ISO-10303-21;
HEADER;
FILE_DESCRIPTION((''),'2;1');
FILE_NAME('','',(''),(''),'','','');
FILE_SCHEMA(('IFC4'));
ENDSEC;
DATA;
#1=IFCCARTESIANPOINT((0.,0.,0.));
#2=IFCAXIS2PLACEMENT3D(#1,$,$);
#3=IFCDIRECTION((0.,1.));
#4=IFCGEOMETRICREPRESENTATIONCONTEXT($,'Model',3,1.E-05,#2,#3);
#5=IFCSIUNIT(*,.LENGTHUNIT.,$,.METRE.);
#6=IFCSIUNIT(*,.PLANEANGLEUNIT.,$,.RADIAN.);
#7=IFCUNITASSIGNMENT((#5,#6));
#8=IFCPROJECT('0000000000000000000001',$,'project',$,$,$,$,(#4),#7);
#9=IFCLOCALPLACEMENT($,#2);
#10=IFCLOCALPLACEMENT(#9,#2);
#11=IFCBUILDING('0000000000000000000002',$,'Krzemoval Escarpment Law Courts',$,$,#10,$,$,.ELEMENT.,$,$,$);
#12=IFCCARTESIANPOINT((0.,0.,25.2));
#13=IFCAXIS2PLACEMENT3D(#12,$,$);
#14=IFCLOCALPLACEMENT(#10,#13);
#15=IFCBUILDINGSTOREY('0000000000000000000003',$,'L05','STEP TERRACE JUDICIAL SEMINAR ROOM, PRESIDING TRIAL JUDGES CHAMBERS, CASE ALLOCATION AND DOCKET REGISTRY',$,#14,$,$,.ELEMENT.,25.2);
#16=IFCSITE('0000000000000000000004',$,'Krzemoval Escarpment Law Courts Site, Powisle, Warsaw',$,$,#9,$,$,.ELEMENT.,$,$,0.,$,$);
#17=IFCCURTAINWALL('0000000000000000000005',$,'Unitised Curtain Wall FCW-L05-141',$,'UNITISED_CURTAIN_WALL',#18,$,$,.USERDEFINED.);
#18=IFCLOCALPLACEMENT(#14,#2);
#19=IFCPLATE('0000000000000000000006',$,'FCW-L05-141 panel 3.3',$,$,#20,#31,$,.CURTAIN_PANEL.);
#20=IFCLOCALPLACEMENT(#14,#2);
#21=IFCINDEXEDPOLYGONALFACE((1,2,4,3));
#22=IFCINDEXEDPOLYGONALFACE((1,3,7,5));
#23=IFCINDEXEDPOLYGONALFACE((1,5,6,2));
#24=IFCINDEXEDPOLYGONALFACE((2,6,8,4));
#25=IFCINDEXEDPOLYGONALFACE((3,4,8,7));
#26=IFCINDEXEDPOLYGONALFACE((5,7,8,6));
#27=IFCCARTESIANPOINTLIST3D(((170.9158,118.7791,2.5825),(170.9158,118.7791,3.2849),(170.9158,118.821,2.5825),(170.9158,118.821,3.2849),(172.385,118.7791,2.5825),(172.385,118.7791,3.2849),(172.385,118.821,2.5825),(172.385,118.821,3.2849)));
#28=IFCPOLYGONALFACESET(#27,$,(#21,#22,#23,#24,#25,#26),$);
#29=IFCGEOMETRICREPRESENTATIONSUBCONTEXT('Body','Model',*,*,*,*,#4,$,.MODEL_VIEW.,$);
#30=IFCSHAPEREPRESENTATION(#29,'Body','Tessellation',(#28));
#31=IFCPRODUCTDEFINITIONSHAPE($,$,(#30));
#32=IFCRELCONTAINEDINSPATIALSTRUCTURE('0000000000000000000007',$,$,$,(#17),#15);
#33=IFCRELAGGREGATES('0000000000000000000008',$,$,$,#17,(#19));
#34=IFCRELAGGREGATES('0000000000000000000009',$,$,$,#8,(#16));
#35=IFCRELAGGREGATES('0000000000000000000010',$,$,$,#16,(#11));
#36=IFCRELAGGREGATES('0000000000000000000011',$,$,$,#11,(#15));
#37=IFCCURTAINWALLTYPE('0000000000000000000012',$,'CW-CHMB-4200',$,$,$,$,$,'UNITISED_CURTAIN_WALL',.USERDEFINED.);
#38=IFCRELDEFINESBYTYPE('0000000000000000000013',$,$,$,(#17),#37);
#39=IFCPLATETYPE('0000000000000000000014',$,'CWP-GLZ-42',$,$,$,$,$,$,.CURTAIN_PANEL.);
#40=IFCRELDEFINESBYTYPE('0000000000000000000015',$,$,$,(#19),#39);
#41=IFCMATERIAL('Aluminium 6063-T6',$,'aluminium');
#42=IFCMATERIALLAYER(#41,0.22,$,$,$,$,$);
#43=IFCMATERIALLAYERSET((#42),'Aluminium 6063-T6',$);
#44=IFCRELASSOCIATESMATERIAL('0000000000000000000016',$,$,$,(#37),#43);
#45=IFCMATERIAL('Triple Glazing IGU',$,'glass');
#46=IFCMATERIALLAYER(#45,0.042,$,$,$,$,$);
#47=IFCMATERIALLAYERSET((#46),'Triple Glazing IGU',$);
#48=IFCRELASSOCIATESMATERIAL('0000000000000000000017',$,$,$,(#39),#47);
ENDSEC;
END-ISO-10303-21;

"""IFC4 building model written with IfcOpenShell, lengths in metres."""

from ifc_helpers import new_model, si_unit, direction, frame, origin, origin_2d, place, context, subcontext, project, spatial, rectangle, extrude, material, layer, layer_set, type_object, element, aggregate, save


model = new_model("IFC4")

# Units and contexts
model_context = context("Model", 3, precision=1e-05, world=origin(), true_north=direction((0.0, 1.0)))
body_context = subcontext(model_context, "Body", "Model", "MODEL_VIEW")
ifc_project = project(units=[si_unit("LENGTHUNIT", "METRE"), si_unit("PLANEANGLEUNIT", "RADIAN")], contexts=[model_context])

# Site, building, storey
site_placement = place(None, origin())
site = spatial("IfcSite", under=ifc_project, at=site_placement, Name="Krzemoval Escarpment Law Courts Site, Powisle, Warsaw", CompositionType="ELEMENT", RefElevation=0.0)
building_placement = place(site_placement, origin())
building = spatial("IfcBuilding", under=site, at=building_placement, Name="Krzemoval Escarpment Law Courts", CompositionType="ELEMENT")
storey_placement = place(building_placement, frame((0.0, 0.0, 25.2)))
storey = spatial("IfcBuildingStorey", under=building, at=storey_placement, Name="L05", Description="STEP TERRACE JUDICIAL SEMINAR ROOM, PRESIDING TRIAL JUDGES CHAMBERS, CASE ALLOCATION AND DOCKET REGISTRY", CompositionType="ELEMENT", Elevation=25.2)

# Curtain wall, plate
ifc_material_1 = material(Name="Aluminium 6063-T6", Category="aluminium")
ifc_layer_1 = layer(ifc_material_1, 0.22)
ifc_layer_set_1 = layer_set([ifc_layer_1], Name="Aluminium 6063-T6")
curtain_wall_type = type_object("IfcCurtainWallType", Name="CW-CHMB-4200", ElementType="UNITISED_CURTAIN_WALL", PredefinedType="USERDEFINED", material=ifc_layer_set_1)
curtain_wall_placement = place(storey_placement, origin())
curtain_wall = element("IfcCurtainWall", 1, at=curtain_wall_placement, inside=storey, type_object=curtain_wall_type, Name="Unitised Curtain Wall FCW-L05-141", ObjectType="UNITISED_CURTAIN_WALL", PredefinedType="USERDEFINED")
ifc_material_2 = material(Name="Triple Glazing IGU", Category="glass")
ifc_layer_2 = layer(ifc_material_2, 0.042)
ifc_layer_set_2 = layer_set([ifc_layer_2], Name="Triple Glazing IGU")
plate_type = type_object("IfcPlateType", Name="CWP-GLZ-42", PredefinedType="CURTAIN_PANEL", material=ifc_layer_set_2)
plate_1_placement = place(storey_placement, frame((171.6504, 118.8, 2.5825), z_axis=(0.0, 0.0, 1.0), x_axis=(1.0, 0.0, 0.0)))
plate_1 = element("IfcPlate", 2, at=plate_1_placement, type_object=plate_type, Name="FCW-L05-141 panel 3.3", PredefinedType="CURTAIN_PANEL", context=body_context, shape_type="SweptSolid", body=[
    extrude(rectangle(XDim=1.4692, YDim=0.042, at=origin_2d()), origin(), (0.0, 0.0, 1.0), 0.7024),
])
aggregate(curtain_wall, [plate_1])

save(model, "model.ifc")
